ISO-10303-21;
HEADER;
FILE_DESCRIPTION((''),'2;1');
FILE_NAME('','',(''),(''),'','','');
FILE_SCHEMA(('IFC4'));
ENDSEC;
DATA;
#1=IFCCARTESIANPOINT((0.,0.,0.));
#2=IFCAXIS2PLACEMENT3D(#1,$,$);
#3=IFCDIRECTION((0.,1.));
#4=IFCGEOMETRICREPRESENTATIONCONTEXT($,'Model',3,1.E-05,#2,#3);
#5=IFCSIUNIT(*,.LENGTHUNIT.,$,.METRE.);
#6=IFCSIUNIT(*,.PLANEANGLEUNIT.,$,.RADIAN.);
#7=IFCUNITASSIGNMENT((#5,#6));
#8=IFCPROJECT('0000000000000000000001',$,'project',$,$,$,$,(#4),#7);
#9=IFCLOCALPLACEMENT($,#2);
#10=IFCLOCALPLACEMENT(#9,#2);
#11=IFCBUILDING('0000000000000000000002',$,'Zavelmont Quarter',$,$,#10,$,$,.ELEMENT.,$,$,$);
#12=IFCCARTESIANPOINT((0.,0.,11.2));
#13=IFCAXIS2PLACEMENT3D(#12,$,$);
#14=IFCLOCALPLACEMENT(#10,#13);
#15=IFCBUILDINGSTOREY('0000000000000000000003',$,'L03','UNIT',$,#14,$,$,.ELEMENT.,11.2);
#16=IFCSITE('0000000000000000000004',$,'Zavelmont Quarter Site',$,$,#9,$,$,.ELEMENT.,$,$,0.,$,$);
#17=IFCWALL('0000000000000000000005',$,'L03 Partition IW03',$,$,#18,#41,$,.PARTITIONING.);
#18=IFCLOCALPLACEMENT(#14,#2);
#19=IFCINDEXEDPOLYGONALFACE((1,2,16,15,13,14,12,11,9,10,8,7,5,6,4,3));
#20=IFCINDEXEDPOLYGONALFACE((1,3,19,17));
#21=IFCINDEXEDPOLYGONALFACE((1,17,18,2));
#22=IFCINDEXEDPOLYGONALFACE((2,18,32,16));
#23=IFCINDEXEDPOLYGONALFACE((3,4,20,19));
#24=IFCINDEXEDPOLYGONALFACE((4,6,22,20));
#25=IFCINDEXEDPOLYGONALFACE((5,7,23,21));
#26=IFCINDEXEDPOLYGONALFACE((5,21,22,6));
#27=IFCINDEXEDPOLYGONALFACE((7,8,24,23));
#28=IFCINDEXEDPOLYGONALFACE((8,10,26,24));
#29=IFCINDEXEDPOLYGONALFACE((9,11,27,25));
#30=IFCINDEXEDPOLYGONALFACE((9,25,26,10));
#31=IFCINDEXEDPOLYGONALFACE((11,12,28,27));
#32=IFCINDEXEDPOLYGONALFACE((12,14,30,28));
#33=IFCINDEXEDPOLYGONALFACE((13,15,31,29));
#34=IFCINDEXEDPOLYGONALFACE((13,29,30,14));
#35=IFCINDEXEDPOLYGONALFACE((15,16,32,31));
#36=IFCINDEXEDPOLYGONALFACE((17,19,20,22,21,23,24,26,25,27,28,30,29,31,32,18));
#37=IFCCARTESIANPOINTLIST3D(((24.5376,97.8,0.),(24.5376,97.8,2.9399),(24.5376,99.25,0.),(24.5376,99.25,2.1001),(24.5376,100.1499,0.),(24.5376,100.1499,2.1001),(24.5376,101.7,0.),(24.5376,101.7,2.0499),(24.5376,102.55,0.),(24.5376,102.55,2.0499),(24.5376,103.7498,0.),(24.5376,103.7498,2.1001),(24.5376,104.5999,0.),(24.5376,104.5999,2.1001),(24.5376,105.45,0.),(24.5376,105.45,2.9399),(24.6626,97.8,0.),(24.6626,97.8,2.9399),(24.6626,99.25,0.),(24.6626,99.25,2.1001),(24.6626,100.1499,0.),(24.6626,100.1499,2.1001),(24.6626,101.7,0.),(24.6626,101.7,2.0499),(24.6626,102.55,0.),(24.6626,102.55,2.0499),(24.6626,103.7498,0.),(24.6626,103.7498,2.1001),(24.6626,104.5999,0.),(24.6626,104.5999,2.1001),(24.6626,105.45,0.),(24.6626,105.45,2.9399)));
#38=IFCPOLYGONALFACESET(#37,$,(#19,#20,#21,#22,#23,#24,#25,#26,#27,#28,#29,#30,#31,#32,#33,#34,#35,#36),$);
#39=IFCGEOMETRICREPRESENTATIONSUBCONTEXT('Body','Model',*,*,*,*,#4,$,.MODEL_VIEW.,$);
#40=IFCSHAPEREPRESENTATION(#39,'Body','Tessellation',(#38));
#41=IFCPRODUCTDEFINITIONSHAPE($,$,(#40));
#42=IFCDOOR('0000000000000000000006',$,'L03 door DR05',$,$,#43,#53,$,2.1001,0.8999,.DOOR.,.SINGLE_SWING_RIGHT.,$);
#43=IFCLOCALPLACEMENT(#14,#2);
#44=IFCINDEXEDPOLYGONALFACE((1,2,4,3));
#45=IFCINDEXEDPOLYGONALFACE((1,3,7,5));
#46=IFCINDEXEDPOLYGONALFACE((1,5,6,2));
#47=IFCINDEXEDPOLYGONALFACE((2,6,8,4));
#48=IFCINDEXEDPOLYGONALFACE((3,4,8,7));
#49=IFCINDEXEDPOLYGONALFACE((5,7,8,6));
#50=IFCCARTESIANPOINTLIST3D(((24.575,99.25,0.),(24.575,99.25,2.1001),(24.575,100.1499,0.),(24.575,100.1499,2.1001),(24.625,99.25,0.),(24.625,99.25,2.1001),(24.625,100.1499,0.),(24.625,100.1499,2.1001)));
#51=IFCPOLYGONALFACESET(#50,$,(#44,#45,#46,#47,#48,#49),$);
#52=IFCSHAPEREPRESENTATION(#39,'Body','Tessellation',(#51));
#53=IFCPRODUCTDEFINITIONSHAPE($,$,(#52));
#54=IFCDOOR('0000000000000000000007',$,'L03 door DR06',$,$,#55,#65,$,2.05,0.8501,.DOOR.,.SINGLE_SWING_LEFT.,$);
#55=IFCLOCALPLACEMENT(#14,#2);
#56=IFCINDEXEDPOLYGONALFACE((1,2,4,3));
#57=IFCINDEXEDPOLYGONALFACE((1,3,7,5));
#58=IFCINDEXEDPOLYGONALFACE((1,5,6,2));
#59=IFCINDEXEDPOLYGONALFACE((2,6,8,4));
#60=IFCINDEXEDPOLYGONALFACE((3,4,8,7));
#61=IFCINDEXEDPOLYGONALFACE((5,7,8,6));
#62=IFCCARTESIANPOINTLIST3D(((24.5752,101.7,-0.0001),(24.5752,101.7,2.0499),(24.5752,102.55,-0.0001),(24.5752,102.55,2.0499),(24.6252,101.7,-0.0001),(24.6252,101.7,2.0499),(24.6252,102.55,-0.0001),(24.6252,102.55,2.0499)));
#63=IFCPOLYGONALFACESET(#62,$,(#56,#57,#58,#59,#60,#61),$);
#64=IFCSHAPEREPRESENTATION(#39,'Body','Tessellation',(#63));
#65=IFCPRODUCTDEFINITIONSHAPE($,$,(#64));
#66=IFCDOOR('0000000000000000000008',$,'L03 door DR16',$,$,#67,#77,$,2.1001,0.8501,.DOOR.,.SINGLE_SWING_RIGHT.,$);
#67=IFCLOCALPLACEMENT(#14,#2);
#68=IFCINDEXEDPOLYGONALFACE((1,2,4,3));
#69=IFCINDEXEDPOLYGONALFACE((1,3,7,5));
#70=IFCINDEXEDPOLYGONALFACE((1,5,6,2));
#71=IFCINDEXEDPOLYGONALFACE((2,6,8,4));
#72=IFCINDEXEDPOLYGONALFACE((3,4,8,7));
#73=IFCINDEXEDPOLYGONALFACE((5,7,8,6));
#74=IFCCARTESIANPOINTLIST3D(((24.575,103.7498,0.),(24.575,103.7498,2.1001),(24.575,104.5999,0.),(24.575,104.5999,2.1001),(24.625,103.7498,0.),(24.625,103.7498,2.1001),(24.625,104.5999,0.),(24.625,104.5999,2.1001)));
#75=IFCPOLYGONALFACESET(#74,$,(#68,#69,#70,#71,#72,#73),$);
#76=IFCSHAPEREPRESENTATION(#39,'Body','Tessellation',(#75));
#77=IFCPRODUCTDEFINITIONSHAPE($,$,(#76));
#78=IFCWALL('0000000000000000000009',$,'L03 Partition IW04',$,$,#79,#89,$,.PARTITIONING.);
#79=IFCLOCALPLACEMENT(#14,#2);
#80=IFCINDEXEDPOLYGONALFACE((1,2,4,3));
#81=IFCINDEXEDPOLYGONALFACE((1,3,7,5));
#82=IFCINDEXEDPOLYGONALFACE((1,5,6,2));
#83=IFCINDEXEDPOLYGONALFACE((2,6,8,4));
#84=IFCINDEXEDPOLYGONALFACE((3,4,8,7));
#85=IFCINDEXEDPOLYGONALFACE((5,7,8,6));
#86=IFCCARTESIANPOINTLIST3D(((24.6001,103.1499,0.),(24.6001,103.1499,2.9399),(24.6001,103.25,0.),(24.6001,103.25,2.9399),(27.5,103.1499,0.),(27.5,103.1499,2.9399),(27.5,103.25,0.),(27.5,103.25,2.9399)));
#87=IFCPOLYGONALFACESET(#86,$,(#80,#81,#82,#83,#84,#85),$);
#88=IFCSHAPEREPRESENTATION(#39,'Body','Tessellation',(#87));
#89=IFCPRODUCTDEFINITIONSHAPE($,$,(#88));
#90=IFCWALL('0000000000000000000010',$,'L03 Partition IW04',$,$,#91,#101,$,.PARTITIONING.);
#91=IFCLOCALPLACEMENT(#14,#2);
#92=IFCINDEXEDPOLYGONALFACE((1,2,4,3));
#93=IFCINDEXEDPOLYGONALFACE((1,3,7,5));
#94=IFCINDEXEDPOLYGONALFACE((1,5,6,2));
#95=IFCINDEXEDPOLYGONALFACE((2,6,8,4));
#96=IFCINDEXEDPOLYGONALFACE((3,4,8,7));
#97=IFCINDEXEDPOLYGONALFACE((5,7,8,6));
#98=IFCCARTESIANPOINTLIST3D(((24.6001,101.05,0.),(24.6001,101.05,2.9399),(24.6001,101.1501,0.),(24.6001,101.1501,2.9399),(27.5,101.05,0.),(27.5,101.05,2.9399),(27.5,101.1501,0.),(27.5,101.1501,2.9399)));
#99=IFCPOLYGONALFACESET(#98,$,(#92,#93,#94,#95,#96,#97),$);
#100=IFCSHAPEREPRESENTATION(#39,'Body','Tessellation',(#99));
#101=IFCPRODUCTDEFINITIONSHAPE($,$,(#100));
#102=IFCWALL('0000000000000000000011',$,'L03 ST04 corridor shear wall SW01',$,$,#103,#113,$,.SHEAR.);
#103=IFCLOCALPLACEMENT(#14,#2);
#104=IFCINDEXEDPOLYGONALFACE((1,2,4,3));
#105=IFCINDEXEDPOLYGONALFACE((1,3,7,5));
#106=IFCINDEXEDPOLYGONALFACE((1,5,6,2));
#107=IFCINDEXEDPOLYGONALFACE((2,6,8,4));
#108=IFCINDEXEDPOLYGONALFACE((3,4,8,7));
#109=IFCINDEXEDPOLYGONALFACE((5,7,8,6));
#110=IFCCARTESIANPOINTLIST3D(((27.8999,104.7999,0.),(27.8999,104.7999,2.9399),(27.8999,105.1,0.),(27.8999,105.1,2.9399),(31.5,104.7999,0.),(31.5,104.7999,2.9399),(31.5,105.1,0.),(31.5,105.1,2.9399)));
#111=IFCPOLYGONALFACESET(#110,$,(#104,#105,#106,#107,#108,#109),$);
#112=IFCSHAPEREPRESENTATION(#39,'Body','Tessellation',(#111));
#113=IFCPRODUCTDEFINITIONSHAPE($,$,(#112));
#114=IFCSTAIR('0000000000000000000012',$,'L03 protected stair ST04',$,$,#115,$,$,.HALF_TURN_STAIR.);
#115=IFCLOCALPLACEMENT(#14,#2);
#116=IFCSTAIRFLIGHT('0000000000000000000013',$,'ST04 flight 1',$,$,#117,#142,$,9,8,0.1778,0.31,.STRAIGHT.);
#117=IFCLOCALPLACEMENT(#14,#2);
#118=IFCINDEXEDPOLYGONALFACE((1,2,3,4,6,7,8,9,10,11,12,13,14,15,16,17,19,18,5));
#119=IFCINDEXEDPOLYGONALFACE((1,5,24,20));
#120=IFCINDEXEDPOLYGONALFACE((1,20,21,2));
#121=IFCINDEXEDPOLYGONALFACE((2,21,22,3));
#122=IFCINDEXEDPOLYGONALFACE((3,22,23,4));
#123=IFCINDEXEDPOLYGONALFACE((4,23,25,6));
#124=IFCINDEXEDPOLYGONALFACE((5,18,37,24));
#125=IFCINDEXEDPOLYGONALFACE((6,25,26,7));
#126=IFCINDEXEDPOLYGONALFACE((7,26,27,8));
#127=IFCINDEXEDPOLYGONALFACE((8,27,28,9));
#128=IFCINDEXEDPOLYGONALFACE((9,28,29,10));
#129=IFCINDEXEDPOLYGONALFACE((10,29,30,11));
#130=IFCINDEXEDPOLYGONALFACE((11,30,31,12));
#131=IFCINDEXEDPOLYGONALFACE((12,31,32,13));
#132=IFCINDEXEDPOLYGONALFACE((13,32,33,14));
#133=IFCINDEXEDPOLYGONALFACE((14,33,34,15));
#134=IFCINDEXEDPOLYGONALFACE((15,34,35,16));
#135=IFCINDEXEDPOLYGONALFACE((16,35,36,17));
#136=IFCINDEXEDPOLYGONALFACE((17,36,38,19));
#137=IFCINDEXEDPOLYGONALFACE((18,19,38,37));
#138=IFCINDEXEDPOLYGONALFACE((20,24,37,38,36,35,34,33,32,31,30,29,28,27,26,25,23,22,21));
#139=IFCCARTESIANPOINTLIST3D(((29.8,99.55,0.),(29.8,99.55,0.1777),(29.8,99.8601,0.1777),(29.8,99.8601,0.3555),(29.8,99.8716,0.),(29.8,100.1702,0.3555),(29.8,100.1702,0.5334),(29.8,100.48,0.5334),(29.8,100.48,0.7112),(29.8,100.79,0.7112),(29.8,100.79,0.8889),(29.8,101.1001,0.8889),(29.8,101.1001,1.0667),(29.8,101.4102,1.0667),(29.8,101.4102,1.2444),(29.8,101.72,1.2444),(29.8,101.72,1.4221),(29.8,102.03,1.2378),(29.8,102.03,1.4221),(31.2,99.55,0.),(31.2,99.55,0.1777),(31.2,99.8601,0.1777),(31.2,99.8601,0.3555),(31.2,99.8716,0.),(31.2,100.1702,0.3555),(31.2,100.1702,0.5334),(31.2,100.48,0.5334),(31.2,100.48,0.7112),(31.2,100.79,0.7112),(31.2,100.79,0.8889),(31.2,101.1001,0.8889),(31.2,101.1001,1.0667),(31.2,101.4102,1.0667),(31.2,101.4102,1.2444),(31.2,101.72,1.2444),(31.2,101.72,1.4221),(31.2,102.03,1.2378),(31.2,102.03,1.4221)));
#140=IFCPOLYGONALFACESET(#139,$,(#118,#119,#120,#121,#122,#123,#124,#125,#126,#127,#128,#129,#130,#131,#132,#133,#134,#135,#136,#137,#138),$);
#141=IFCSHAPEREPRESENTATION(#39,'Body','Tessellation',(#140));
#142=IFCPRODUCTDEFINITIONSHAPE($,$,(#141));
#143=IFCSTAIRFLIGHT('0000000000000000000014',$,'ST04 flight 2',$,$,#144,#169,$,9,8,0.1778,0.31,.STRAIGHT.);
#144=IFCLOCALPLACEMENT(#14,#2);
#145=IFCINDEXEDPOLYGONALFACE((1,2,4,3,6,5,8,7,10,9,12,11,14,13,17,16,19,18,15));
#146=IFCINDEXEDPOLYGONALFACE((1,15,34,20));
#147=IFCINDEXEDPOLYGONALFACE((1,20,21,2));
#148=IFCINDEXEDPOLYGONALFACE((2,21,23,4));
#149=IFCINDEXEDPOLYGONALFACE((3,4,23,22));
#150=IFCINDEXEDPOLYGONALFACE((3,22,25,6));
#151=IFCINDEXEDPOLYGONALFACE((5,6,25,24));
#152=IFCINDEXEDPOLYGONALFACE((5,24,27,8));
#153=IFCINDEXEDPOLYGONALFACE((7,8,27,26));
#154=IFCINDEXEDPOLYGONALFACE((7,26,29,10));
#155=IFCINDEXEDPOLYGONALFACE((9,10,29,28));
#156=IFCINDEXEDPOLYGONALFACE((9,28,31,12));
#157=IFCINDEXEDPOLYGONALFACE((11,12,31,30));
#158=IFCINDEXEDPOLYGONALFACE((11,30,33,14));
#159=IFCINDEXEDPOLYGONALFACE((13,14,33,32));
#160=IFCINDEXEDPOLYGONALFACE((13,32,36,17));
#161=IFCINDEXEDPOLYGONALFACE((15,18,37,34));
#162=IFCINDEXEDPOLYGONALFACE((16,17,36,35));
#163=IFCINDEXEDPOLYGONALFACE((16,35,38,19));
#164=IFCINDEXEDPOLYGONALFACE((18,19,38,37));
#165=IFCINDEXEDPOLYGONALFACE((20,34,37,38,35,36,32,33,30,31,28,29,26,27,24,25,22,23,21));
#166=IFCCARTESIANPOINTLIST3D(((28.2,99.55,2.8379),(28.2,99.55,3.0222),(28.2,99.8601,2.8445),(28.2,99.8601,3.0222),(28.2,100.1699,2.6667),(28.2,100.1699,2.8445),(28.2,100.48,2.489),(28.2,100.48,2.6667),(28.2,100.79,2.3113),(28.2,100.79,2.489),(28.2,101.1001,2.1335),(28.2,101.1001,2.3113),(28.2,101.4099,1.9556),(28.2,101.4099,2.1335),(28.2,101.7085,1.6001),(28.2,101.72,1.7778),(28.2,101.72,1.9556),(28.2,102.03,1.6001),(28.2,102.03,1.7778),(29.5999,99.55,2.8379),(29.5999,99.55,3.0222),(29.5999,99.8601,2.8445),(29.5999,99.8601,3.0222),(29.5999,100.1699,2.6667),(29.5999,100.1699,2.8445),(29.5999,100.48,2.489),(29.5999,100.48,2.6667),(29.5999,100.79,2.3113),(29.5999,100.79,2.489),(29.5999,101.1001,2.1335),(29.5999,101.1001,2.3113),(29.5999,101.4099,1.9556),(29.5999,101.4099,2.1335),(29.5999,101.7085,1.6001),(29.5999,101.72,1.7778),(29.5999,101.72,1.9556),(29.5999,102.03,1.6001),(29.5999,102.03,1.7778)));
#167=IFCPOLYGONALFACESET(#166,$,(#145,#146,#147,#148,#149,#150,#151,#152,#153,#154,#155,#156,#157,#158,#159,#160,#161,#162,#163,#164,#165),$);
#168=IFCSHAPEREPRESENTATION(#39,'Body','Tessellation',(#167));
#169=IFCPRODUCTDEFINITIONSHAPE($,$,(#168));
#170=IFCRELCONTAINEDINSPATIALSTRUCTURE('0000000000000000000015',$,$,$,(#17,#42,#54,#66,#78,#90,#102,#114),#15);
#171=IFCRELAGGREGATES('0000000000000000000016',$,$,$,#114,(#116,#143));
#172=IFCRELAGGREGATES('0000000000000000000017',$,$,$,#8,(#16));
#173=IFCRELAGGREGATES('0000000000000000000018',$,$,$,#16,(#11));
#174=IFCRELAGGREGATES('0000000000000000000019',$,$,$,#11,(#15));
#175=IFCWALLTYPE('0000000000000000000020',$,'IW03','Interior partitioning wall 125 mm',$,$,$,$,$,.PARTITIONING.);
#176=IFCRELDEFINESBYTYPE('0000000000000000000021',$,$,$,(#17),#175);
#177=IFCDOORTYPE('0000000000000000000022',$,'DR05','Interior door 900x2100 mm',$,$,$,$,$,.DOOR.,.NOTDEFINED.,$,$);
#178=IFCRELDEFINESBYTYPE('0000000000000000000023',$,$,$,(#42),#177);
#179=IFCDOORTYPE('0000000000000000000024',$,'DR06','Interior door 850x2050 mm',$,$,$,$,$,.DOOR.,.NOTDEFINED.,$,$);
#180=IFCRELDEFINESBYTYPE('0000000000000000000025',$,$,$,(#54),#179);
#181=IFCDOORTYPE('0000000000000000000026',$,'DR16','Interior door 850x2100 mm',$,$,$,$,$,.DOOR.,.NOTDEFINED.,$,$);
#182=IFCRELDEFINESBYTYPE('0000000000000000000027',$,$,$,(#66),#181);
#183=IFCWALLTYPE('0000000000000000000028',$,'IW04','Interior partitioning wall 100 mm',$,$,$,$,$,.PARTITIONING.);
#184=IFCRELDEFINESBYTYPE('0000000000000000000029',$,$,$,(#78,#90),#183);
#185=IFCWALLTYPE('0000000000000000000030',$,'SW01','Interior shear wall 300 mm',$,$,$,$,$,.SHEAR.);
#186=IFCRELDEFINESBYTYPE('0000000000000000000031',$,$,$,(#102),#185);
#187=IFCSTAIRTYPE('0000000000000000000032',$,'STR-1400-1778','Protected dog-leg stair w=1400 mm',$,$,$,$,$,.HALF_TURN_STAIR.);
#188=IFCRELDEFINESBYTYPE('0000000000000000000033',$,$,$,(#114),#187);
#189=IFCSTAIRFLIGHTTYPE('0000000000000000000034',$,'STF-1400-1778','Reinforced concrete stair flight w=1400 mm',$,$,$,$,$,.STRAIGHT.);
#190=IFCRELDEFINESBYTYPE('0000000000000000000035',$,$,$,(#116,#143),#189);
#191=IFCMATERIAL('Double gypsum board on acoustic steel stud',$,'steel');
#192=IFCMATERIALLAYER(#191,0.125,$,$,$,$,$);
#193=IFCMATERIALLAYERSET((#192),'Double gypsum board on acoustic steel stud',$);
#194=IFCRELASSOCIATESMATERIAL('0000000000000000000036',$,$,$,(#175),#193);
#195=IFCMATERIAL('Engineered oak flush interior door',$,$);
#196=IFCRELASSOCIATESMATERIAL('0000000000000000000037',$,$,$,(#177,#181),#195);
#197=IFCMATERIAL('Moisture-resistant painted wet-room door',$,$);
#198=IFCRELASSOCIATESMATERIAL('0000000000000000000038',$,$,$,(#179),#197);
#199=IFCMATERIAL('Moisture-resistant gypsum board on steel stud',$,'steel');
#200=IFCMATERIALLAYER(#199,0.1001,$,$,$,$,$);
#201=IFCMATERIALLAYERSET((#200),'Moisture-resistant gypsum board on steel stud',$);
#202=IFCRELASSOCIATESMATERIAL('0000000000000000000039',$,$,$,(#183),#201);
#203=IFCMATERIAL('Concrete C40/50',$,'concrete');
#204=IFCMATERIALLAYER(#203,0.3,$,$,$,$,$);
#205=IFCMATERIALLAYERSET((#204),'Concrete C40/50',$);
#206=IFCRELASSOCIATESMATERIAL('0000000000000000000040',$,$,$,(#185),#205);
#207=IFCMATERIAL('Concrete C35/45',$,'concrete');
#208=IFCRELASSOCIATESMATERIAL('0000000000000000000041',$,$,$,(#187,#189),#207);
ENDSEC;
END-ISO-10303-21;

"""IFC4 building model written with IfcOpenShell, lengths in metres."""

from ifc_helpers import new_model, si_unit, direction, frame, frame_2d, origin, origin_with_axes, place, context, subcontext, project, spatial, polyline, rectangle, outline, extrude, material, layer, layer_set, type_object, element, fill, aggregate, save


model = new_model("IFC4")

# Units and contexts
model_context = context("Model", 3, precision=1e-05, world=origin(), true_north=direction((0.0, 1.0)))
body_context = subcontext(model_context, "Body", "Model", "MODEL_VIEW")
ifc_project = project(units=[si_unit("LENGTHUNIT", "METRE"), si_unit("PLANEANGLEUNIT", "RADIAN")], contexts=[model_context])

# Site, building, storey
site_placement = place(None, origin())
site = spatial("IfcSite", under=ifc_project, at=site_placement, Name="Zavelmont Quarter Site", CompositionType="ELEMENT", RefElevation=0.0)
building_placement = place(site_placement, origin())
building = spatial("IfcBuilding", under=site, at=building_placement, Name="Zavelmont Quarter", CompositionType="ELEMENT")
storey_placement = place(building_placement, frame((0.0, 0.0, 11.2)))
storey = spatial("IfcBuildingStorey", under=building, at=storey_placement, Name="L03", Description="UNIT", CompositionType="ELEMENT", Elevation=11.2)

# Shared definitions
ifc_material_1 = material(Name="Concrete C40/50", Category="concrete")

# Shared definitions
ifc_material_2 = material(Name="Concrete C35/45", Category="concrete")

# Wall, openings, doors
ifc_material_3 = material(Name="Double gypsum board on acoustic steel stud", Category="steel")
ifc_layer_1 = layer(ifc_material_3, 0.125)
ifc_layer_set_1 = layer_set([ifc_layer_1], Name="Double gypsum board on acoustic steel stud")
wall_type_1 = type_object("IfcWallType", Name="IW03", Description="Interior partitioning wall 125 mm", PredefinedType="PARTITIONING", material=ifc_layer_set_1)
wall_1_placement = place(storey_placement, frame((24.6001, 105.45, 0.0), z_axis=(0.0, 0.0, 1.0), x_axis=(0.0, -1.0, 0.0)))
wall_1 = element("IfcWall", 1, at=wall_1_placement, inside=storey, type_object=wall_type_1, Name="L03 Partition IW03", PredefinedType="PARTITIONING", context=body_context, shape_type="SweptSolid", body=[
    extrude(rectangle(XDim=7.6499, YDim=0.125, at=frame_2d((3.825, 0.0))), origin(), (0.0, 0.0, 1.0), 2.9399),
])
opening_1_placement = place(wall_1_placement, frame((0.8501, 0.0, 0.0)))
opening_1 = element("IfcOpeningElement", 2, at=opening_1_placement, cuts=wall_1, PredefinedType="OPENING", context=body_context, shape_type="SweptSolid", body=[
    extrude(rectangle(XDim=0.8501, YDim=2.1001, at=frame_2d((0.425, 1.05))), frame((0.0, 0.0745, 0.0), z_axis=(0.0, -1.0, 0.0), x_axis=(1.0, 0.0, 0.0)), (0.0, 0.0, 1.0), 0.1489),
])
opening_2_placement = place(wall_1_placement, frame((2.8999, 0.0, 0.0)))
opening_2 = element("IfcOpeningElement", 3, at=opening_2_placement, cuts=wall_1, PredefinedType="OPENING", context=body_context, shape_type="SweptSolid", body=[
    extrude(rectangle(XDim=0.8501, YDim=2.05, at=frame_2d((0.425, 1.0249))), frame((0.0, 0.0745, 0.0), z_axis=(0.0, -1.0, 0.0), x_axis=(1.0, 0.0, 0.0)), (0.0, 0.0, 1.0), 0.1489),
])
opening_3_placement = place(wall_1_placement, frame((5.3, 0.0, 0.0)))
opening_3 = element("IfcOpeningElement", 4, at=opening_3_placement, cuts=wall_1, PredefinedType="OPENING", context=body_context, shape_type="SweptSolid", body=[
    extrude(rectangle(XDim=0.8999, YDim=2.1001, at=frame_2d((0.45, 1.05))), frame((0.0, 0.0745, 0.0), z_axis=(0.0, -1.0, 0.0), x_axis=(1.0, 0.0, 0.0)), (0.0, 0.0, 1.0), 0.1489),
])
ifc_material_4 = material(Name="Engineered oak flush interior door")
door_type_1 = type_object("IfcDoorType", Name="DR05", Description="Interior door 900x2100 mm", OperationType="NOTDEFINED", PredefinedType="DOOR", material=ifc_material_4)
door_1_placement = place(opening_3_placement, origin_with_axes())
door_1 = element("IfcDoor", 5, at=door_1_placement, inside=storey, type_object=door_type_1, Name="L03 door DR05", OperationType="SINGLE_SWING_RIGHT", OverallHeight=2.1001, OverallWidth=0.8999, PredefinedType="DOOR", context=body_context, shape_type="SweptSolid", body=[
    extrude(rectangle(XDim=0.8999, YDim=2.1001, at=frame_2d((0.45, 1.05))), frame((0.0, 0.0249, 0.0), z_axis=(0.0, -1.0, 0.0), x_axis=(1.0, 0.0, 0.0)), (0.0, 0.0, 1.0), 0.05),
])
fill(opening_3, door_1)
ifc_material_5 = material(Name="Moisture-resistant painted wet-room door")
door_type_2 = type_object("IfcDoorType", Name="DR06", Description="Interior door 850x2050 mm", OperationType="NOTDEFINED", PredefinedType="DOOR", material=ifc_material_5)
door_2_placement = place(opening_2_placement, frame((0.8501, 0.0, 0.0), z_axis=(0.0, 0.0, 1.0), x_axis=(-1.0, 0.0, 0.0)))
door_2 = element("IfcDoor", 6, at=door_2_placement, inside=storey, type_object=door_type_2, Name="L03 door DR06", OperationType="SINGLE_SWING_LEFT", OverallHeight=2.05, OverallWidth=0.8501, PredefinedType="DOOR", context=body_context, shape_type="SweptSolid", body=[
    extrude(rectangle(XDim=0.8501, YDim=2.05, at=frame_2d((0.425, 1.0249))), frame((0.0, 0.0249, 0.0), z_axis=(0.0, -1.0, 0.0), x_axis=(1.0, 0.0, 0.0)), (0.0, 0.0, 1.0), 0.05),
])
fill(opening_2, door_2)
door_type_3 = type_object("IfcDoorType", Name="DR16", Description="Interior door 850x2100 mm", OperationType="NOTDEFINED", PredefinedType="DOOR", material=ifc_material_4)
door_3_placement = place(opening_1_placement, origin_with_axes())
door_3 = element("IfcDoor", 7, at=door_3_placement, inside=storey, type_object=door_type_3, Name="L03 door DR16", OperationType="SINGLE_SWING_RIGHT", OverallHeight=2.1001, OverallWidth=0.8501, PredefinedType="DOOR", context=body_context, shape_type="SweptSolid", body=[
    extrude(rectangle(XDim=0.8501, YDim=2.1001, at=frame_2d((0.425, 1.05))), frame((0.0, 0.0249, 0.0), z_axis=(0.0, -1.0, 0.0), x_axis=(1.0, 0.0, 0.0)), (0.0, 0.0, 1.0), 0.05),
])
fill(opening_1, door_3)

# Walls
ifc_material_6 = material(Name="Moisture-resistant gypsum board on steel stud", Category="steel")
ifc_layer_2 = layer(ifc_material_6, 0.1001)
ifc_layer_set_2 = layer_set([ifc_layer_2], Name="Moisture-resistant gypsum board on steel stud")
wall_type_2 = type_object("IfcWallType", Name="IW04", Description="Interior partitioning wall 100 mm", PredefinedType="PARTITIONING", material=ifc_layer_set_2)
for number, where, z_axis, x_axis, name in (
    (8, (24.6001, 103.2, 0.0), (0.0, 0.0, 1.0), (1.0, 0.0, 0.0), "L03 Partition IW04"),
    (9, (24.6001, 101.1001, 0.0), (0.0, 0.0, 1.0), (1.0, 0.0, 0.0), "L03 Partition IW04"),
):
    element("IfcWall", number, at=place(storey_placement, frame(where, z_axis=z_axis, x_axis=x_axis)), inside=storey, type_object=wall_type_2, Name=name, PredefinedType="PARTITIONING", context=body_context, shape_type="SweptSolid", body=[
        extrude(rectangle(XDim=2.8999, YDim=0.1001, at=frame_2d((1.45, 0.0))), origin(), (0.0, 0.0, 1.0), 2.9399),
    ])
ifc_layer_3 = layer(ifc_material_1, 0.3)
ifc_layer_set_3 = layer_set([ifc_layer_3], Name="Concrete C40/50")
wall_type_3 = type_object("IfcWallType", Name="SW01", Description="Interior shear wall 300 mm", PredefinedType="SHEAR", material=ifc_layer_set_3)
wall_2_placement = place(storey_placement, frame((27.8999, 104.95, 0.0), z_axis=(0.0, 0.0, 1.0), x_axis=(1.0, 0.0, 0.0)))
element("IfcWall", 10, at=wall_2_placement, inside=storey, type_object=wall_type_3, Name="L03 ST04 corridor shear wall SW01", PredefinedType="SHEAR", context=body_context, shape_type="SweptSolid", body=[
    extrude(rectangle(XDim=3.6001, YDim=0.3, at=frame_2d((1.8, 0.0))), origin(), (0.0, 0.0, 1.0), 2.9399),
])

# Stair, stair flights
stair_type = type_object("IfcStairType", Name="STR-1400-1778", Description="Protected dog-leg stair w=1400 mm", PredefinedType="HALF_TURN_STAIR", material=ifc_material_2)
stair_placement = place(storey_placement, origin())
stair = element("IfcStair", 11, at=stair_placement, inside=storey, type_object=stair_type, Name="L03 protected stair ST04", PredefinedType="HALF_TURN_STAIR")
stair_flight_type = type_object("IfcStairFlightType", Name="STF-1400-1778", Description="Reinforced concrete stair flight w=1400 mm", PredefinedType="STRAIGHT", material=ifc_material_2)
stair_flight_1_placement = place(storey_placement, frame((30.5, 99.55, 0.0), z_axis=(0.0, 0.0, 1.0), x_axis=(0.0, 1.0, 0.0)))
stair_flight_1 = element("IfcStairFlight", 12, at=stair_flight_1_placement, type_object=stair_flight_type, Name="ST04 flight 1", NumberOfRisers=9, NumberOfTreads=8, PredefinedType="STRAIGHT", RiserHeight=0.1778, TreadLength=0.31, context=body_context, shape_type="SweptSolid", body=[
    extrude(outline(polyline([(0.0, 0.0), (0.0, 0.1777), (0.3101, 0.1777), (0.3101, 0.3555), (0.6201, 0.3555), (0.6201, 0.5334), (0.9299, 0.5334), (0.9299, 0.7112), (1.24, 0.7112), (1.24, 0.8889), (1.55, 0.8889), (1.55, 1.0667), (1.8601, 1.0667), (1.8601, 1.2444), (2.1699, 1.2444), (2.1699, 1.4221), (2.48, 1.4221), (2.48, 1.6001), (2.48, 1.2378), (0.3215, 0.0), (0.0, 0.0)])), frame((0.0, 0.7, 0.0), z_axis=(0.0, -1.0, 0.0), x_axis=(1.0, 0.0, 0.0)), (0.0, 0.0, 1.0), 1.3999),
])
stair_flight_2_placement = place(storey_placement, frame((28.8999, 102.03, 1.6001), z_axis=(0.0, 0.0, 1.0), x_axis=(0.0, -1.0, 0.0)))
stair_flight_2 = element("IfcStairFlight", 13, at=stair_flight_2_placement, type_object=stair_flight_type, Name="ST04 flight 2", NumberOfRisers=9, NumberOfTreads=8, PredefinedType="STRAIGHT", RiserHeight=0.1778, TreadLength=0.31, context=body_context, shape_type="SweptSolid", body=[
    extrude(outline(polyline([(0.0, 0.0), (0.0, 0.1777), (0.3101, 0.1777), (0.3101, 0.3555), (0.6201, 0.3555), (0.6201, 0.5334), (0.9299, 0.5334), (0.9299, 0.7112), (1.24, 0.7112), (1.24, 0.8889), (1.55, 0.8889), (1.55, 1.0667), (1.8601, 1.0667), (1.8601, 1.2444), (2.1699, 1.2444), (2.1699, 1.4221), (2.48, 1.4221), (2.48, 1.6001), (2.48, 1.2378), (0.3215, 0.0), (0.0, 0.0)])), frame((0.0, 0.7, 0.0), z_axis=(0.0, -1.0, 0.0), x_axis=(1.0, 0.0, 0.0)), (0.0, 0.0, 1.0), 1.3999),
])
aggregate(stair, [stair_flight_1, stair_flight_2])

save(model, "model.ifc")
